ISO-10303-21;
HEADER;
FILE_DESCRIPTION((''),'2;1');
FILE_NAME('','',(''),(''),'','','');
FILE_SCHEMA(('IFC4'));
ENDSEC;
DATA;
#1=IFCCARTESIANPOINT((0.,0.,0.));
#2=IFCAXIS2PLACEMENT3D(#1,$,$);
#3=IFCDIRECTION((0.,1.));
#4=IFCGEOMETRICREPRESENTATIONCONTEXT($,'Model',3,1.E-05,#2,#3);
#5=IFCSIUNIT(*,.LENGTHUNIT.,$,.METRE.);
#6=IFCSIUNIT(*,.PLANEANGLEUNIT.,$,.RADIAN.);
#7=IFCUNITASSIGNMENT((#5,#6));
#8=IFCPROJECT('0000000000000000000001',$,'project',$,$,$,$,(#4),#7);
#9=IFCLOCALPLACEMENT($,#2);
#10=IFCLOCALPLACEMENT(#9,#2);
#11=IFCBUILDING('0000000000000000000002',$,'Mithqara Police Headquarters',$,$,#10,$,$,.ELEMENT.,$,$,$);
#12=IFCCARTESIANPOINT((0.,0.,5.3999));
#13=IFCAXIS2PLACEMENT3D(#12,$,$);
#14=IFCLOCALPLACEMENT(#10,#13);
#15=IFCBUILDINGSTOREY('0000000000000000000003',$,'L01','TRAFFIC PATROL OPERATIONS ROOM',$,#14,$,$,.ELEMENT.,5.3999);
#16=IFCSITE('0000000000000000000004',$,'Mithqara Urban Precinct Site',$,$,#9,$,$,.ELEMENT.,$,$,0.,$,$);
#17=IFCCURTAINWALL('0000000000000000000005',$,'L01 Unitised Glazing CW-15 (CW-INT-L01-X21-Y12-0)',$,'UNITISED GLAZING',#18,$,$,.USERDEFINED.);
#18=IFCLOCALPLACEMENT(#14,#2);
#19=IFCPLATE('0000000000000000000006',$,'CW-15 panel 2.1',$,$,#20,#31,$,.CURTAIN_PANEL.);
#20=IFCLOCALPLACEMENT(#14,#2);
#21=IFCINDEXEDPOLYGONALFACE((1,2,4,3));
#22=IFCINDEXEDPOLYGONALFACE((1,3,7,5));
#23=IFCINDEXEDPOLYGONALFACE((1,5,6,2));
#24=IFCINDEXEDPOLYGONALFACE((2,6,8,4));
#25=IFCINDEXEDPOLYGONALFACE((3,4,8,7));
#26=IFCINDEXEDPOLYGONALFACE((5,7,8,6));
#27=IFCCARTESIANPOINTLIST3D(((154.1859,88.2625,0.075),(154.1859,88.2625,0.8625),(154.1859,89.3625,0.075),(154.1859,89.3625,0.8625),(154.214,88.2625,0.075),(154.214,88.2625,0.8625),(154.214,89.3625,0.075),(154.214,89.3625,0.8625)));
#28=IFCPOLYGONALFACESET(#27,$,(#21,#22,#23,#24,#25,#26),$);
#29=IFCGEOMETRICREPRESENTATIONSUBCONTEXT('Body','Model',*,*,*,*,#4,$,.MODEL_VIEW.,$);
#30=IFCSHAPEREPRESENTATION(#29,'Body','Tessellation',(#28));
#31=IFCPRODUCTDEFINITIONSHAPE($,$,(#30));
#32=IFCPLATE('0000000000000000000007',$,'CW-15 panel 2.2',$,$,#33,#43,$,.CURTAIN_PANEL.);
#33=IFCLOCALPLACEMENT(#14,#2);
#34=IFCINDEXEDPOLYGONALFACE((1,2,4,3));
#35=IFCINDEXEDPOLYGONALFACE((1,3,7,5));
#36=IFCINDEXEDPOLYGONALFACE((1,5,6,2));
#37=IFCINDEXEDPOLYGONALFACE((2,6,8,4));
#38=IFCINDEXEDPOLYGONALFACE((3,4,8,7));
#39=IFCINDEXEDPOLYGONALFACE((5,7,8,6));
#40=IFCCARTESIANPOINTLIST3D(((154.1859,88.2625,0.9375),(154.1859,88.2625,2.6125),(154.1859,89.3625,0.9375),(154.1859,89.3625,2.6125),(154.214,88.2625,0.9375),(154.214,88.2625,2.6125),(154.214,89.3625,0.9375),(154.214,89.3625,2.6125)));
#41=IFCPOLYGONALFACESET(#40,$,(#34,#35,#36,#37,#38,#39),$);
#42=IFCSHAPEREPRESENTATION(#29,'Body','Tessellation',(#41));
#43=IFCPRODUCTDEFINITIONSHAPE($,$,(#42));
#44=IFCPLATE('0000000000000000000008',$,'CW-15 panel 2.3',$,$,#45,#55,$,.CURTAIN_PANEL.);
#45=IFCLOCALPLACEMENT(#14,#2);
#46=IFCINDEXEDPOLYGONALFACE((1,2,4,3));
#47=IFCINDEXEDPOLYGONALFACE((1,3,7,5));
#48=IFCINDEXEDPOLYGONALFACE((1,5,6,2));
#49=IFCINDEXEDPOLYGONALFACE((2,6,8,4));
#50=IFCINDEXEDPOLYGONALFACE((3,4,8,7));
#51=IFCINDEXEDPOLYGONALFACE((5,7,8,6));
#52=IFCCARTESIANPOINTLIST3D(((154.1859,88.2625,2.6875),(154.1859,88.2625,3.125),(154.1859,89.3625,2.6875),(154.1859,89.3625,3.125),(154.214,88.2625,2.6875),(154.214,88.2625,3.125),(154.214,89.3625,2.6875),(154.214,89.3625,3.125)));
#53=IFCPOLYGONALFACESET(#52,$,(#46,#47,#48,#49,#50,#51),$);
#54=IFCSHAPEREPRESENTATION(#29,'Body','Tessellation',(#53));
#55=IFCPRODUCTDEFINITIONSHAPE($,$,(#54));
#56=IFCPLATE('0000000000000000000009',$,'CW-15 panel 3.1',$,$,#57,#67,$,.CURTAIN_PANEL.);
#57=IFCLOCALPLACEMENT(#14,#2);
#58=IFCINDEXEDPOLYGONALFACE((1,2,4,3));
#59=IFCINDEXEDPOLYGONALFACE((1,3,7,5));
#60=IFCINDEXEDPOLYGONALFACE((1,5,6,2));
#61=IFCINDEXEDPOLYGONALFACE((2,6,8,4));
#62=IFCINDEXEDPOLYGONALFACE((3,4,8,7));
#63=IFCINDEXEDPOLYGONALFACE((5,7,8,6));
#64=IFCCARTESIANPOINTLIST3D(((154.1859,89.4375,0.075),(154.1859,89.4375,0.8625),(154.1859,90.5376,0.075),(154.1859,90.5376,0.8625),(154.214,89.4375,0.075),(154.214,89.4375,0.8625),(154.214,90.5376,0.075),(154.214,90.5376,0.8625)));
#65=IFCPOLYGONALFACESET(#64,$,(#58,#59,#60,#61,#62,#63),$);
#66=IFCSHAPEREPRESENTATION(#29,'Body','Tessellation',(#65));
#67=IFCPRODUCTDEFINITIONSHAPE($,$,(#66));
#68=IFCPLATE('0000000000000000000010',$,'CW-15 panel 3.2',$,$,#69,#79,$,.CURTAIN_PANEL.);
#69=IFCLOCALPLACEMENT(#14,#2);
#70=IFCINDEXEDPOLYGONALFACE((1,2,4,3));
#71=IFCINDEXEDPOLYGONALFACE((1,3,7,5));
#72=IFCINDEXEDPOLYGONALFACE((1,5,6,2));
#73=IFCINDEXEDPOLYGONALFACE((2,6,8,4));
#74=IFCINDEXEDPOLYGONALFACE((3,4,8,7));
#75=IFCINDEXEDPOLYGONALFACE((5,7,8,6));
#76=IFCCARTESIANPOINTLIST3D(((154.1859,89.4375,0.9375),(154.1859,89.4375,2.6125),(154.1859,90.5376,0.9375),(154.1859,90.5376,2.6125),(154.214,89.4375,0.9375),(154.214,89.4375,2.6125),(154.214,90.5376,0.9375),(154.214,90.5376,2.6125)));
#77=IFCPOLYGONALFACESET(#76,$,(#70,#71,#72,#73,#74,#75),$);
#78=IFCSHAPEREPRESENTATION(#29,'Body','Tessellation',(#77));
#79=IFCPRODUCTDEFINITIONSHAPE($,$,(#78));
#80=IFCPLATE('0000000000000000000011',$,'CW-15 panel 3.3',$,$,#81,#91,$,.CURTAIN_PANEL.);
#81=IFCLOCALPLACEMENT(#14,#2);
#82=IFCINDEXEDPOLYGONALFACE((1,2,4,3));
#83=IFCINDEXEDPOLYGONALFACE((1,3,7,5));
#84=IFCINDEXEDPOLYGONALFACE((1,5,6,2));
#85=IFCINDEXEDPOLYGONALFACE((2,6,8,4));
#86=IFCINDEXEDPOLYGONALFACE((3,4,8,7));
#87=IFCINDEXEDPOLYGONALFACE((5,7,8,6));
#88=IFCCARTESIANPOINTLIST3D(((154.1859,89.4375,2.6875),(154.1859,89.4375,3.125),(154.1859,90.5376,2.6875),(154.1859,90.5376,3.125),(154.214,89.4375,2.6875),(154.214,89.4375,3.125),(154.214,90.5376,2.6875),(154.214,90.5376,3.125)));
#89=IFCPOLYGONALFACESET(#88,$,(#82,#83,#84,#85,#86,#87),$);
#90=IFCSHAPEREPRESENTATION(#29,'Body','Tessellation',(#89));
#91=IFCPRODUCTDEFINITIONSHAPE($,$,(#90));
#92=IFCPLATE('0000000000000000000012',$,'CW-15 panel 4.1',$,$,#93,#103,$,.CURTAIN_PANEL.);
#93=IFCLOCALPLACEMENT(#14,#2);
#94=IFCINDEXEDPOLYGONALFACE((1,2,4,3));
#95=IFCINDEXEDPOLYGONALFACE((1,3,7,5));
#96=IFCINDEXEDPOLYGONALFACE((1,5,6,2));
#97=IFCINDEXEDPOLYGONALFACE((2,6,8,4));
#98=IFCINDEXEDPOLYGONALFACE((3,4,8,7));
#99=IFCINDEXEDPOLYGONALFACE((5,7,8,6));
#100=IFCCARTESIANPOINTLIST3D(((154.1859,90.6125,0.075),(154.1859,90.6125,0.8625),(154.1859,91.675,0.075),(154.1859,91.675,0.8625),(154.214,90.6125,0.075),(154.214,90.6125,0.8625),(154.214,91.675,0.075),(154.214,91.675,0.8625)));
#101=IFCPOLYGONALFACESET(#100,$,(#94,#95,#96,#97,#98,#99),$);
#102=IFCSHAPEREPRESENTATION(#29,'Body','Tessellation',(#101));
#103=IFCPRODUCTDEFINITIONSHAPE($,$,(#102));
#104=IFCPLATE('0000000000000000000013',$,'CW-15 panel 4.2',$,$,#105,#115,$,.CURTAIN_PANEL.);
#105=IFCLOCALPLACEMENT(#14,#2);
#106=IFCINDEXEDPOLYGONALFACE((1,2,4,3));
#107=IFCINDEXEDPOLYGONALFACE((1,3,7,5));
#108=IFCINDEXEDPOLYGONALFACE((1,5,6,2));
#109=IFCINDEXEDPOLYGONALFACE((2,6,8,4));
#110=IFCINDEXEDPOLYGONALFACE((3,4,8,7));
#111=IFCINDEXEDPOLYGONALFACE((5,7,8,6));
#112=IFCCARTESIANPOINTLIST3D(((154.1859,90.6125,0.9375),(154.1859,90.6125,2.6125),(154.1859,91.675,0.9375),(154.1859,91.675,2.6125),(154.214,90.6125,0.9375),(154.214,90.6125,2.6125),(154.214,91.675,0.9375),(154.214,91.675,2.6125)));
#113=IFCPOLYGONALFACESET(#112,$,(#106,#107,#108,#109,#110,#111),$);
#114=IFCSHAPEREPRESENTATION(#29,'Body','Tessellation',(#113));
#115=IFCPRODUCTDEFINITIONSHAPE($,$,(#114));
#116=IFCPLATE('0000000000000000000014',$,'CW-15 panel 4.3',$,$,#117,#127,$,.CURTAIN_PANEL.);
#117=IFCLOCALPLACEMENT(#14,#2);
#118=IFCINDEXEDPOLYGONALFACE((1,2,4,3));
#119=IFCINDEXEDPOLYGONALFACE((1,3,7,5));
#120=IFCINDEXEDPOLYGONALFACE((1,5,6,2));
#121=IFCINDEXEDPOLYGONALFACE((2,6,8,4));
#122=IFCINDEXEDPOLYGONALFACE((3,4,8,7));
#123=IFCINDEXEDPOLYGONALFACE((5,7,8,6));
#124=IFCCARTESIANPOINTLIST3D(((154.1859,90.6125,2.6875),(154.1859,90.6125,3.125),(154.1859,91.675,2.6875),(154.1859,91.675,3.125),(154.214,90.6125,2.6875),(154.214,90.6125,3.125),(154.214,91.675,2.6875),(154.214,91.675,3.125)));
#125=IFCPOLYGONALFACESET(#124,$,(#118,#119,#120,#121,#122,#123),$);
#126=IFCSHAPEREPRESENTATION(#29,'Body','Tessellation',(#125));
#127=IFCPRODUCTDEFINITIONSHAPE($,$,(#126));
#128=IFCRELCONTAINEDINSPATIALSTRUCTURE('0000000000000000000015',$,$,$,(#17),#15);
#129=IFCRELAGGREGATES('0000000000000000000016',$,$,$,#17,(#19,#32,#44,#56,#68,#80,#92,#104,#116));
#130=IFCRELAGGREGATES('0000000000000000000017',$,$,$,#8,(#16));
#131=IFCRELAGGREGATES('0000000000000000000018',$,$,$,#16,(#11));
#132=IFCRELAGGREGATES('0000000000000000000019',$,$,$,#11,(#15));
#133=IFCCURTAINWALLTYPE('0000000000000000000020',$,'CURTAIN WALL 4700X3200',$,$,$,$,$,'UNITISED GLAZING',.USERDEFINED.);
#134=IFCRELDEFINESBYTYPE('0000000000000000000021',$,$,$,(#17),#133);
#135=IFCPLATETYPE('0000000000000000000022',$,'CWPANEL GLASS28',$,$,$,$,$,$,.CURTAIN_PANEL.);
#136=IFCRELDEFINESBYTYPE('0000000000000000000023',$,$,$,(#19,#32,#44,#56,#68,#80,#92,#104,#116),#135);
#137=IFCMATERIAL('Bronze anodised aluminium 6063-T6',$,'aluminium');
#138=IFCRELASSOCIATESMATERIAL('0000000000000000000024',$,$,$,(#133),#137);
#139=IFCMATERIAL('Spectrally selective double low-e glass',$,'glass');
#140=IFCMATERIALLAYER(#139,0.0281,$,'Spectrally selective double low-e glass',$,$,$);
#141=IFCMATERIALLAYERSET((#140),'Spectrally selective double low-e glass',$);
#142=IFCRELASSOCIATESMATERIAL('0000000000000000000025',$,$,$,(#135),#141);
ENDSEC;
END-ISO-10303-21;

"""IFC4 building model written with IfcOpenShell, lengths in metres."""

from ifc_helpers import new_model, si_unit, direction, frame, origin, origin_2d, place, context, subcontext, project, spatial, rectangle, extrude, material, layer, layer_set, type_object, element, aggregate, save


model = new_model("IFC4")

# Units and contexts
model_context = context("Model", 3, precision=1e-05, world=origin(), true_north=direction((0.0, 1.0)))
body_context = subcontext(model_context, "Body", "Model", "MODEL_VIEW")
ifc_project = project(units=[si_unit("LENGTHUNIT", "METRE"), si_unit("PLANEANGLEUNIT", "RADIAN")], contexts=[model_context])

# Site, building, storey
site_placement = place(None, origin())
site = spatial("IfcSite", under=ifc_project, at=site_placement, Name="Mithqara Urban Precinct Site", CompositionType="ELEMENT", RefElevation=0.0)
building_placement = place(site_placement, origin())
building = spatial("IfcBuilding", under=site, at=building_placement, Name="Mithqara Police Headquarters", CompositionType="ELEMENT")
storey_placement = place(building_placement, frame((0.0, 0.0, 5.3999)))
storey = spatial("IfcBuildingStorey", under=building, at=storey_placement, Name="L01", Description="TRAFFIC PATROL OPERATIONS ROOM", CompositionType="ELEMENT", Elevation=5.3999)

# Curtain wall, plates
ifc_material_1 = material(Name="Bronze anodised aluminium 6063-T6", Category="aluminium")
curtain_wall_type = type_object("IfcCurtainWallType", Name="CURTAIN WALL 4700X3200", ElementType="UNITISED GLAZING", PredefinedType="USERDEFINED", material=ifc_material_1)
curtain_wall_placement = place(storey_placement, origin())
curtain_wall = element("IfcCurtainWall", 1, at=curtain_wall_placement, inside=storey, type_object=curtain_wall_type, Name="L01 Unitised Glazing CW-15 (CW-INT-L01-X21-Y12-0)", ObjectType="UNITISED GLAZING", PredefinedType="USERDEFINED")
ifc_material_2 = material(Name="Spectrally selective double low-e glass", Category="glass")
ifc_layer = layer(ifc_material_2, 0.0281, Name="Spectrally selective double low-e glass")
ifc_layer_set = layer_set([ifc_layer], Name="Spectrally selective double low-e glass")
plate_type = type_object("IfcPlateType", Name="CWPANEL GLASS28", PredefinedType="CURTAIN_PANEL", material=ifc_layer_set)
plate_1_placement = place(storey_placement, frame((154.2, 88.8125, 0.075), z_axis=(0.0, 0.0, 1.0), x_axis=(0.0, 1.0, 0.0)))
plate_1 = element("IfcPlate", 2, at=plate_1_placement, type_object=plate_type, Name="CW-15 panel 2.1", PredefinedType="CURTAIN_PANEL", context=body_context, shape_type="SweptSolid", body=[
    extrude(rectangle(XDim=1.1001, YDim=0.0281, at=origin_2d()), origin(), (0.0, 0.0, 1.0), 0.7876),
])
plate_2_placement = place(storey_placement, frame((154.2, 88.8125, 0.9375), z_axis=(0.0, 0.0, 1.0), x_axis=(0.0, 1.0, 0.0)))
plate_2 = element("IfcPlate", 3, at=plate_2_placement, type_object=plate_type, Name="CW-15 panel 2.2", PredefinedType="CURTAIN_PANEL", context=body_context, shape_type="SweptSolid", body=[
    extrude(rectangle(XDim=1.1001, YDim=0.0281, at=origin_2d()), origin(), (0.0, 0.0, 1.0), 1.675),
])
plate_3_placement = place(storey_placement, frame((154.2, 88.8125, 2.6875), z_axis=(0.0, 0.0, 1.0), x_axis=(0.0, 1.0, 0.0)))
plate_3 = element("IfcPlate", 4, at=plate_3_placement, type_object=plate_type, Name="CW-15 panel 2.3", PredefinedType="CURTAIN_PANEL", context=body_context, shape_type="SweptSolid", body=[
    extrude(rectangle(XDim=1.1001, YDim=0.0281, at=origin_2d()), origin(), (0.0, 0.0, 1.0), 0.4375),
])
plate_4_placement = place(storey_placement, frame((154.2, 89.9875, 0.075), z_axis=(0.0, 0.0, 1.0), x_axis=(0.0, 1.0, 0.0)))
plate_4 = element("IfcPlate", 5, at=plate_4_placement, type_object=plate_type, Name="CW-15 panel 3.1", PredefinedType="CURTAIN_PANEL", context=body_context, shape_type="SweptSolid", body=[
    extrude(rectangle(XDim=1.1001, YDim=0.0281, at=origin_2d()), origin(), (0.0, 0.0, 1.0), 0.7876),
])
plate_5_placement = place(storey_placement, frame((154.2, 89.9875, 0.9375), z_axis=(0.0, 0.0, 1.0), x_axis=(0.0, 1.0, 0.0)))
plate_5 = element("IfcPlate", 6, at=plate_5_placement, type_object=plate_type, Name="CW-15 panel 3.2", PredefinedType="CURTAIN_PANEL", context=body_context, shape_type="SweptSolid", body=[
    extrude(rectangle(XDim=1.1001, YDim=0.0281, at=origin_2d()), origin(), (0.0, 0.0, 1.0), 1.675),
])
plate_6_placement = place(storey_placement, frame((154.2, 89.9875, 2.6875), z_axis=(0.0, 0.0, 1.0), x_axis=(0.0, 1.0, 0.0)))
plate_6 = element("IfcPlate", 7, at=plate_6_placement, type_object=plate_type, Name="CW-15 panel 3.3", PredefinedType="CURTAIN_PANEL", context=body_context, shape_type="SweptSolid", body=[
    extrude(rectangle(XDim=1.1001, YDim=0.0281, at=origin_2d()), origin(), (0.0, 0.0, 1.0), 0.4375),
])
plate_7_placement = place(storey_placement, frame((154.2, 91.1438, 0.075), z_axis=(0.0, 0.0, 1.0), x_axis=(0.0, 1.0, 0.0)))
plate_7 = element("IfcPlate", 8, at=plate_7_placement, type_object=plate_type, Name="CW-15 panel 4.1", PredefinedType="CURTAIN_PANEL", context=body_context, shape_type="SweptSolid", body=[
    extrude(rectangle(XDim=1.0625, YDim=0.0281, at=origin_2d()), origin(), (0.0, 0.0, 1.0), 0.7876),
])
plate_8_placement = place(storey_placement, frame((154.2, 91.1438, 0.9375), z_axis=(0.0, 0.0, 1.0), x_axis=(0.0, 1.0, 0.0)))
plate_8 = element("IfcPlate", 9, at=plate_8_placement, type_object=plate_type, Name="CW-15 panel 4.2", PredefinedType="CURTAIN_PANEL", context=body_context, shape_type="SweptSolid", body=[
    extrude(rectangle(XDim=1.0625, YDim=0.0281, at=origin_2d()), origin(), (0.0, 0.0, 1.0), 1.675),
])
plate_9_placement = place(storey_placement, frame((154.2, 91.1438, 2.6875), z_axis=(0.0, 0.0, 1.0), x_axis=(0.0, 1.0, 0.0)))
plate_9 = element("IfcPlate", 10, at=plate_9_placement, type_object=plate_type, Name="CW-15 panel 4.3", PredefinedType="CURTAIN_PANEL", context=body_context, shape_type="SweptSolid", body=[
    extrude(rectangle(XDim=1.0625, YDim=0.0281, at=origin_2d()), origin(), (0.0, 0.0, 1.0), 0.4375),
])
aggregate(curtain_wall, [plate_1, plate_2, plate_3, plate_4, plate_5, plate_6, plate_7, plate_8, plate_9])

save(model, "model.ifc")
